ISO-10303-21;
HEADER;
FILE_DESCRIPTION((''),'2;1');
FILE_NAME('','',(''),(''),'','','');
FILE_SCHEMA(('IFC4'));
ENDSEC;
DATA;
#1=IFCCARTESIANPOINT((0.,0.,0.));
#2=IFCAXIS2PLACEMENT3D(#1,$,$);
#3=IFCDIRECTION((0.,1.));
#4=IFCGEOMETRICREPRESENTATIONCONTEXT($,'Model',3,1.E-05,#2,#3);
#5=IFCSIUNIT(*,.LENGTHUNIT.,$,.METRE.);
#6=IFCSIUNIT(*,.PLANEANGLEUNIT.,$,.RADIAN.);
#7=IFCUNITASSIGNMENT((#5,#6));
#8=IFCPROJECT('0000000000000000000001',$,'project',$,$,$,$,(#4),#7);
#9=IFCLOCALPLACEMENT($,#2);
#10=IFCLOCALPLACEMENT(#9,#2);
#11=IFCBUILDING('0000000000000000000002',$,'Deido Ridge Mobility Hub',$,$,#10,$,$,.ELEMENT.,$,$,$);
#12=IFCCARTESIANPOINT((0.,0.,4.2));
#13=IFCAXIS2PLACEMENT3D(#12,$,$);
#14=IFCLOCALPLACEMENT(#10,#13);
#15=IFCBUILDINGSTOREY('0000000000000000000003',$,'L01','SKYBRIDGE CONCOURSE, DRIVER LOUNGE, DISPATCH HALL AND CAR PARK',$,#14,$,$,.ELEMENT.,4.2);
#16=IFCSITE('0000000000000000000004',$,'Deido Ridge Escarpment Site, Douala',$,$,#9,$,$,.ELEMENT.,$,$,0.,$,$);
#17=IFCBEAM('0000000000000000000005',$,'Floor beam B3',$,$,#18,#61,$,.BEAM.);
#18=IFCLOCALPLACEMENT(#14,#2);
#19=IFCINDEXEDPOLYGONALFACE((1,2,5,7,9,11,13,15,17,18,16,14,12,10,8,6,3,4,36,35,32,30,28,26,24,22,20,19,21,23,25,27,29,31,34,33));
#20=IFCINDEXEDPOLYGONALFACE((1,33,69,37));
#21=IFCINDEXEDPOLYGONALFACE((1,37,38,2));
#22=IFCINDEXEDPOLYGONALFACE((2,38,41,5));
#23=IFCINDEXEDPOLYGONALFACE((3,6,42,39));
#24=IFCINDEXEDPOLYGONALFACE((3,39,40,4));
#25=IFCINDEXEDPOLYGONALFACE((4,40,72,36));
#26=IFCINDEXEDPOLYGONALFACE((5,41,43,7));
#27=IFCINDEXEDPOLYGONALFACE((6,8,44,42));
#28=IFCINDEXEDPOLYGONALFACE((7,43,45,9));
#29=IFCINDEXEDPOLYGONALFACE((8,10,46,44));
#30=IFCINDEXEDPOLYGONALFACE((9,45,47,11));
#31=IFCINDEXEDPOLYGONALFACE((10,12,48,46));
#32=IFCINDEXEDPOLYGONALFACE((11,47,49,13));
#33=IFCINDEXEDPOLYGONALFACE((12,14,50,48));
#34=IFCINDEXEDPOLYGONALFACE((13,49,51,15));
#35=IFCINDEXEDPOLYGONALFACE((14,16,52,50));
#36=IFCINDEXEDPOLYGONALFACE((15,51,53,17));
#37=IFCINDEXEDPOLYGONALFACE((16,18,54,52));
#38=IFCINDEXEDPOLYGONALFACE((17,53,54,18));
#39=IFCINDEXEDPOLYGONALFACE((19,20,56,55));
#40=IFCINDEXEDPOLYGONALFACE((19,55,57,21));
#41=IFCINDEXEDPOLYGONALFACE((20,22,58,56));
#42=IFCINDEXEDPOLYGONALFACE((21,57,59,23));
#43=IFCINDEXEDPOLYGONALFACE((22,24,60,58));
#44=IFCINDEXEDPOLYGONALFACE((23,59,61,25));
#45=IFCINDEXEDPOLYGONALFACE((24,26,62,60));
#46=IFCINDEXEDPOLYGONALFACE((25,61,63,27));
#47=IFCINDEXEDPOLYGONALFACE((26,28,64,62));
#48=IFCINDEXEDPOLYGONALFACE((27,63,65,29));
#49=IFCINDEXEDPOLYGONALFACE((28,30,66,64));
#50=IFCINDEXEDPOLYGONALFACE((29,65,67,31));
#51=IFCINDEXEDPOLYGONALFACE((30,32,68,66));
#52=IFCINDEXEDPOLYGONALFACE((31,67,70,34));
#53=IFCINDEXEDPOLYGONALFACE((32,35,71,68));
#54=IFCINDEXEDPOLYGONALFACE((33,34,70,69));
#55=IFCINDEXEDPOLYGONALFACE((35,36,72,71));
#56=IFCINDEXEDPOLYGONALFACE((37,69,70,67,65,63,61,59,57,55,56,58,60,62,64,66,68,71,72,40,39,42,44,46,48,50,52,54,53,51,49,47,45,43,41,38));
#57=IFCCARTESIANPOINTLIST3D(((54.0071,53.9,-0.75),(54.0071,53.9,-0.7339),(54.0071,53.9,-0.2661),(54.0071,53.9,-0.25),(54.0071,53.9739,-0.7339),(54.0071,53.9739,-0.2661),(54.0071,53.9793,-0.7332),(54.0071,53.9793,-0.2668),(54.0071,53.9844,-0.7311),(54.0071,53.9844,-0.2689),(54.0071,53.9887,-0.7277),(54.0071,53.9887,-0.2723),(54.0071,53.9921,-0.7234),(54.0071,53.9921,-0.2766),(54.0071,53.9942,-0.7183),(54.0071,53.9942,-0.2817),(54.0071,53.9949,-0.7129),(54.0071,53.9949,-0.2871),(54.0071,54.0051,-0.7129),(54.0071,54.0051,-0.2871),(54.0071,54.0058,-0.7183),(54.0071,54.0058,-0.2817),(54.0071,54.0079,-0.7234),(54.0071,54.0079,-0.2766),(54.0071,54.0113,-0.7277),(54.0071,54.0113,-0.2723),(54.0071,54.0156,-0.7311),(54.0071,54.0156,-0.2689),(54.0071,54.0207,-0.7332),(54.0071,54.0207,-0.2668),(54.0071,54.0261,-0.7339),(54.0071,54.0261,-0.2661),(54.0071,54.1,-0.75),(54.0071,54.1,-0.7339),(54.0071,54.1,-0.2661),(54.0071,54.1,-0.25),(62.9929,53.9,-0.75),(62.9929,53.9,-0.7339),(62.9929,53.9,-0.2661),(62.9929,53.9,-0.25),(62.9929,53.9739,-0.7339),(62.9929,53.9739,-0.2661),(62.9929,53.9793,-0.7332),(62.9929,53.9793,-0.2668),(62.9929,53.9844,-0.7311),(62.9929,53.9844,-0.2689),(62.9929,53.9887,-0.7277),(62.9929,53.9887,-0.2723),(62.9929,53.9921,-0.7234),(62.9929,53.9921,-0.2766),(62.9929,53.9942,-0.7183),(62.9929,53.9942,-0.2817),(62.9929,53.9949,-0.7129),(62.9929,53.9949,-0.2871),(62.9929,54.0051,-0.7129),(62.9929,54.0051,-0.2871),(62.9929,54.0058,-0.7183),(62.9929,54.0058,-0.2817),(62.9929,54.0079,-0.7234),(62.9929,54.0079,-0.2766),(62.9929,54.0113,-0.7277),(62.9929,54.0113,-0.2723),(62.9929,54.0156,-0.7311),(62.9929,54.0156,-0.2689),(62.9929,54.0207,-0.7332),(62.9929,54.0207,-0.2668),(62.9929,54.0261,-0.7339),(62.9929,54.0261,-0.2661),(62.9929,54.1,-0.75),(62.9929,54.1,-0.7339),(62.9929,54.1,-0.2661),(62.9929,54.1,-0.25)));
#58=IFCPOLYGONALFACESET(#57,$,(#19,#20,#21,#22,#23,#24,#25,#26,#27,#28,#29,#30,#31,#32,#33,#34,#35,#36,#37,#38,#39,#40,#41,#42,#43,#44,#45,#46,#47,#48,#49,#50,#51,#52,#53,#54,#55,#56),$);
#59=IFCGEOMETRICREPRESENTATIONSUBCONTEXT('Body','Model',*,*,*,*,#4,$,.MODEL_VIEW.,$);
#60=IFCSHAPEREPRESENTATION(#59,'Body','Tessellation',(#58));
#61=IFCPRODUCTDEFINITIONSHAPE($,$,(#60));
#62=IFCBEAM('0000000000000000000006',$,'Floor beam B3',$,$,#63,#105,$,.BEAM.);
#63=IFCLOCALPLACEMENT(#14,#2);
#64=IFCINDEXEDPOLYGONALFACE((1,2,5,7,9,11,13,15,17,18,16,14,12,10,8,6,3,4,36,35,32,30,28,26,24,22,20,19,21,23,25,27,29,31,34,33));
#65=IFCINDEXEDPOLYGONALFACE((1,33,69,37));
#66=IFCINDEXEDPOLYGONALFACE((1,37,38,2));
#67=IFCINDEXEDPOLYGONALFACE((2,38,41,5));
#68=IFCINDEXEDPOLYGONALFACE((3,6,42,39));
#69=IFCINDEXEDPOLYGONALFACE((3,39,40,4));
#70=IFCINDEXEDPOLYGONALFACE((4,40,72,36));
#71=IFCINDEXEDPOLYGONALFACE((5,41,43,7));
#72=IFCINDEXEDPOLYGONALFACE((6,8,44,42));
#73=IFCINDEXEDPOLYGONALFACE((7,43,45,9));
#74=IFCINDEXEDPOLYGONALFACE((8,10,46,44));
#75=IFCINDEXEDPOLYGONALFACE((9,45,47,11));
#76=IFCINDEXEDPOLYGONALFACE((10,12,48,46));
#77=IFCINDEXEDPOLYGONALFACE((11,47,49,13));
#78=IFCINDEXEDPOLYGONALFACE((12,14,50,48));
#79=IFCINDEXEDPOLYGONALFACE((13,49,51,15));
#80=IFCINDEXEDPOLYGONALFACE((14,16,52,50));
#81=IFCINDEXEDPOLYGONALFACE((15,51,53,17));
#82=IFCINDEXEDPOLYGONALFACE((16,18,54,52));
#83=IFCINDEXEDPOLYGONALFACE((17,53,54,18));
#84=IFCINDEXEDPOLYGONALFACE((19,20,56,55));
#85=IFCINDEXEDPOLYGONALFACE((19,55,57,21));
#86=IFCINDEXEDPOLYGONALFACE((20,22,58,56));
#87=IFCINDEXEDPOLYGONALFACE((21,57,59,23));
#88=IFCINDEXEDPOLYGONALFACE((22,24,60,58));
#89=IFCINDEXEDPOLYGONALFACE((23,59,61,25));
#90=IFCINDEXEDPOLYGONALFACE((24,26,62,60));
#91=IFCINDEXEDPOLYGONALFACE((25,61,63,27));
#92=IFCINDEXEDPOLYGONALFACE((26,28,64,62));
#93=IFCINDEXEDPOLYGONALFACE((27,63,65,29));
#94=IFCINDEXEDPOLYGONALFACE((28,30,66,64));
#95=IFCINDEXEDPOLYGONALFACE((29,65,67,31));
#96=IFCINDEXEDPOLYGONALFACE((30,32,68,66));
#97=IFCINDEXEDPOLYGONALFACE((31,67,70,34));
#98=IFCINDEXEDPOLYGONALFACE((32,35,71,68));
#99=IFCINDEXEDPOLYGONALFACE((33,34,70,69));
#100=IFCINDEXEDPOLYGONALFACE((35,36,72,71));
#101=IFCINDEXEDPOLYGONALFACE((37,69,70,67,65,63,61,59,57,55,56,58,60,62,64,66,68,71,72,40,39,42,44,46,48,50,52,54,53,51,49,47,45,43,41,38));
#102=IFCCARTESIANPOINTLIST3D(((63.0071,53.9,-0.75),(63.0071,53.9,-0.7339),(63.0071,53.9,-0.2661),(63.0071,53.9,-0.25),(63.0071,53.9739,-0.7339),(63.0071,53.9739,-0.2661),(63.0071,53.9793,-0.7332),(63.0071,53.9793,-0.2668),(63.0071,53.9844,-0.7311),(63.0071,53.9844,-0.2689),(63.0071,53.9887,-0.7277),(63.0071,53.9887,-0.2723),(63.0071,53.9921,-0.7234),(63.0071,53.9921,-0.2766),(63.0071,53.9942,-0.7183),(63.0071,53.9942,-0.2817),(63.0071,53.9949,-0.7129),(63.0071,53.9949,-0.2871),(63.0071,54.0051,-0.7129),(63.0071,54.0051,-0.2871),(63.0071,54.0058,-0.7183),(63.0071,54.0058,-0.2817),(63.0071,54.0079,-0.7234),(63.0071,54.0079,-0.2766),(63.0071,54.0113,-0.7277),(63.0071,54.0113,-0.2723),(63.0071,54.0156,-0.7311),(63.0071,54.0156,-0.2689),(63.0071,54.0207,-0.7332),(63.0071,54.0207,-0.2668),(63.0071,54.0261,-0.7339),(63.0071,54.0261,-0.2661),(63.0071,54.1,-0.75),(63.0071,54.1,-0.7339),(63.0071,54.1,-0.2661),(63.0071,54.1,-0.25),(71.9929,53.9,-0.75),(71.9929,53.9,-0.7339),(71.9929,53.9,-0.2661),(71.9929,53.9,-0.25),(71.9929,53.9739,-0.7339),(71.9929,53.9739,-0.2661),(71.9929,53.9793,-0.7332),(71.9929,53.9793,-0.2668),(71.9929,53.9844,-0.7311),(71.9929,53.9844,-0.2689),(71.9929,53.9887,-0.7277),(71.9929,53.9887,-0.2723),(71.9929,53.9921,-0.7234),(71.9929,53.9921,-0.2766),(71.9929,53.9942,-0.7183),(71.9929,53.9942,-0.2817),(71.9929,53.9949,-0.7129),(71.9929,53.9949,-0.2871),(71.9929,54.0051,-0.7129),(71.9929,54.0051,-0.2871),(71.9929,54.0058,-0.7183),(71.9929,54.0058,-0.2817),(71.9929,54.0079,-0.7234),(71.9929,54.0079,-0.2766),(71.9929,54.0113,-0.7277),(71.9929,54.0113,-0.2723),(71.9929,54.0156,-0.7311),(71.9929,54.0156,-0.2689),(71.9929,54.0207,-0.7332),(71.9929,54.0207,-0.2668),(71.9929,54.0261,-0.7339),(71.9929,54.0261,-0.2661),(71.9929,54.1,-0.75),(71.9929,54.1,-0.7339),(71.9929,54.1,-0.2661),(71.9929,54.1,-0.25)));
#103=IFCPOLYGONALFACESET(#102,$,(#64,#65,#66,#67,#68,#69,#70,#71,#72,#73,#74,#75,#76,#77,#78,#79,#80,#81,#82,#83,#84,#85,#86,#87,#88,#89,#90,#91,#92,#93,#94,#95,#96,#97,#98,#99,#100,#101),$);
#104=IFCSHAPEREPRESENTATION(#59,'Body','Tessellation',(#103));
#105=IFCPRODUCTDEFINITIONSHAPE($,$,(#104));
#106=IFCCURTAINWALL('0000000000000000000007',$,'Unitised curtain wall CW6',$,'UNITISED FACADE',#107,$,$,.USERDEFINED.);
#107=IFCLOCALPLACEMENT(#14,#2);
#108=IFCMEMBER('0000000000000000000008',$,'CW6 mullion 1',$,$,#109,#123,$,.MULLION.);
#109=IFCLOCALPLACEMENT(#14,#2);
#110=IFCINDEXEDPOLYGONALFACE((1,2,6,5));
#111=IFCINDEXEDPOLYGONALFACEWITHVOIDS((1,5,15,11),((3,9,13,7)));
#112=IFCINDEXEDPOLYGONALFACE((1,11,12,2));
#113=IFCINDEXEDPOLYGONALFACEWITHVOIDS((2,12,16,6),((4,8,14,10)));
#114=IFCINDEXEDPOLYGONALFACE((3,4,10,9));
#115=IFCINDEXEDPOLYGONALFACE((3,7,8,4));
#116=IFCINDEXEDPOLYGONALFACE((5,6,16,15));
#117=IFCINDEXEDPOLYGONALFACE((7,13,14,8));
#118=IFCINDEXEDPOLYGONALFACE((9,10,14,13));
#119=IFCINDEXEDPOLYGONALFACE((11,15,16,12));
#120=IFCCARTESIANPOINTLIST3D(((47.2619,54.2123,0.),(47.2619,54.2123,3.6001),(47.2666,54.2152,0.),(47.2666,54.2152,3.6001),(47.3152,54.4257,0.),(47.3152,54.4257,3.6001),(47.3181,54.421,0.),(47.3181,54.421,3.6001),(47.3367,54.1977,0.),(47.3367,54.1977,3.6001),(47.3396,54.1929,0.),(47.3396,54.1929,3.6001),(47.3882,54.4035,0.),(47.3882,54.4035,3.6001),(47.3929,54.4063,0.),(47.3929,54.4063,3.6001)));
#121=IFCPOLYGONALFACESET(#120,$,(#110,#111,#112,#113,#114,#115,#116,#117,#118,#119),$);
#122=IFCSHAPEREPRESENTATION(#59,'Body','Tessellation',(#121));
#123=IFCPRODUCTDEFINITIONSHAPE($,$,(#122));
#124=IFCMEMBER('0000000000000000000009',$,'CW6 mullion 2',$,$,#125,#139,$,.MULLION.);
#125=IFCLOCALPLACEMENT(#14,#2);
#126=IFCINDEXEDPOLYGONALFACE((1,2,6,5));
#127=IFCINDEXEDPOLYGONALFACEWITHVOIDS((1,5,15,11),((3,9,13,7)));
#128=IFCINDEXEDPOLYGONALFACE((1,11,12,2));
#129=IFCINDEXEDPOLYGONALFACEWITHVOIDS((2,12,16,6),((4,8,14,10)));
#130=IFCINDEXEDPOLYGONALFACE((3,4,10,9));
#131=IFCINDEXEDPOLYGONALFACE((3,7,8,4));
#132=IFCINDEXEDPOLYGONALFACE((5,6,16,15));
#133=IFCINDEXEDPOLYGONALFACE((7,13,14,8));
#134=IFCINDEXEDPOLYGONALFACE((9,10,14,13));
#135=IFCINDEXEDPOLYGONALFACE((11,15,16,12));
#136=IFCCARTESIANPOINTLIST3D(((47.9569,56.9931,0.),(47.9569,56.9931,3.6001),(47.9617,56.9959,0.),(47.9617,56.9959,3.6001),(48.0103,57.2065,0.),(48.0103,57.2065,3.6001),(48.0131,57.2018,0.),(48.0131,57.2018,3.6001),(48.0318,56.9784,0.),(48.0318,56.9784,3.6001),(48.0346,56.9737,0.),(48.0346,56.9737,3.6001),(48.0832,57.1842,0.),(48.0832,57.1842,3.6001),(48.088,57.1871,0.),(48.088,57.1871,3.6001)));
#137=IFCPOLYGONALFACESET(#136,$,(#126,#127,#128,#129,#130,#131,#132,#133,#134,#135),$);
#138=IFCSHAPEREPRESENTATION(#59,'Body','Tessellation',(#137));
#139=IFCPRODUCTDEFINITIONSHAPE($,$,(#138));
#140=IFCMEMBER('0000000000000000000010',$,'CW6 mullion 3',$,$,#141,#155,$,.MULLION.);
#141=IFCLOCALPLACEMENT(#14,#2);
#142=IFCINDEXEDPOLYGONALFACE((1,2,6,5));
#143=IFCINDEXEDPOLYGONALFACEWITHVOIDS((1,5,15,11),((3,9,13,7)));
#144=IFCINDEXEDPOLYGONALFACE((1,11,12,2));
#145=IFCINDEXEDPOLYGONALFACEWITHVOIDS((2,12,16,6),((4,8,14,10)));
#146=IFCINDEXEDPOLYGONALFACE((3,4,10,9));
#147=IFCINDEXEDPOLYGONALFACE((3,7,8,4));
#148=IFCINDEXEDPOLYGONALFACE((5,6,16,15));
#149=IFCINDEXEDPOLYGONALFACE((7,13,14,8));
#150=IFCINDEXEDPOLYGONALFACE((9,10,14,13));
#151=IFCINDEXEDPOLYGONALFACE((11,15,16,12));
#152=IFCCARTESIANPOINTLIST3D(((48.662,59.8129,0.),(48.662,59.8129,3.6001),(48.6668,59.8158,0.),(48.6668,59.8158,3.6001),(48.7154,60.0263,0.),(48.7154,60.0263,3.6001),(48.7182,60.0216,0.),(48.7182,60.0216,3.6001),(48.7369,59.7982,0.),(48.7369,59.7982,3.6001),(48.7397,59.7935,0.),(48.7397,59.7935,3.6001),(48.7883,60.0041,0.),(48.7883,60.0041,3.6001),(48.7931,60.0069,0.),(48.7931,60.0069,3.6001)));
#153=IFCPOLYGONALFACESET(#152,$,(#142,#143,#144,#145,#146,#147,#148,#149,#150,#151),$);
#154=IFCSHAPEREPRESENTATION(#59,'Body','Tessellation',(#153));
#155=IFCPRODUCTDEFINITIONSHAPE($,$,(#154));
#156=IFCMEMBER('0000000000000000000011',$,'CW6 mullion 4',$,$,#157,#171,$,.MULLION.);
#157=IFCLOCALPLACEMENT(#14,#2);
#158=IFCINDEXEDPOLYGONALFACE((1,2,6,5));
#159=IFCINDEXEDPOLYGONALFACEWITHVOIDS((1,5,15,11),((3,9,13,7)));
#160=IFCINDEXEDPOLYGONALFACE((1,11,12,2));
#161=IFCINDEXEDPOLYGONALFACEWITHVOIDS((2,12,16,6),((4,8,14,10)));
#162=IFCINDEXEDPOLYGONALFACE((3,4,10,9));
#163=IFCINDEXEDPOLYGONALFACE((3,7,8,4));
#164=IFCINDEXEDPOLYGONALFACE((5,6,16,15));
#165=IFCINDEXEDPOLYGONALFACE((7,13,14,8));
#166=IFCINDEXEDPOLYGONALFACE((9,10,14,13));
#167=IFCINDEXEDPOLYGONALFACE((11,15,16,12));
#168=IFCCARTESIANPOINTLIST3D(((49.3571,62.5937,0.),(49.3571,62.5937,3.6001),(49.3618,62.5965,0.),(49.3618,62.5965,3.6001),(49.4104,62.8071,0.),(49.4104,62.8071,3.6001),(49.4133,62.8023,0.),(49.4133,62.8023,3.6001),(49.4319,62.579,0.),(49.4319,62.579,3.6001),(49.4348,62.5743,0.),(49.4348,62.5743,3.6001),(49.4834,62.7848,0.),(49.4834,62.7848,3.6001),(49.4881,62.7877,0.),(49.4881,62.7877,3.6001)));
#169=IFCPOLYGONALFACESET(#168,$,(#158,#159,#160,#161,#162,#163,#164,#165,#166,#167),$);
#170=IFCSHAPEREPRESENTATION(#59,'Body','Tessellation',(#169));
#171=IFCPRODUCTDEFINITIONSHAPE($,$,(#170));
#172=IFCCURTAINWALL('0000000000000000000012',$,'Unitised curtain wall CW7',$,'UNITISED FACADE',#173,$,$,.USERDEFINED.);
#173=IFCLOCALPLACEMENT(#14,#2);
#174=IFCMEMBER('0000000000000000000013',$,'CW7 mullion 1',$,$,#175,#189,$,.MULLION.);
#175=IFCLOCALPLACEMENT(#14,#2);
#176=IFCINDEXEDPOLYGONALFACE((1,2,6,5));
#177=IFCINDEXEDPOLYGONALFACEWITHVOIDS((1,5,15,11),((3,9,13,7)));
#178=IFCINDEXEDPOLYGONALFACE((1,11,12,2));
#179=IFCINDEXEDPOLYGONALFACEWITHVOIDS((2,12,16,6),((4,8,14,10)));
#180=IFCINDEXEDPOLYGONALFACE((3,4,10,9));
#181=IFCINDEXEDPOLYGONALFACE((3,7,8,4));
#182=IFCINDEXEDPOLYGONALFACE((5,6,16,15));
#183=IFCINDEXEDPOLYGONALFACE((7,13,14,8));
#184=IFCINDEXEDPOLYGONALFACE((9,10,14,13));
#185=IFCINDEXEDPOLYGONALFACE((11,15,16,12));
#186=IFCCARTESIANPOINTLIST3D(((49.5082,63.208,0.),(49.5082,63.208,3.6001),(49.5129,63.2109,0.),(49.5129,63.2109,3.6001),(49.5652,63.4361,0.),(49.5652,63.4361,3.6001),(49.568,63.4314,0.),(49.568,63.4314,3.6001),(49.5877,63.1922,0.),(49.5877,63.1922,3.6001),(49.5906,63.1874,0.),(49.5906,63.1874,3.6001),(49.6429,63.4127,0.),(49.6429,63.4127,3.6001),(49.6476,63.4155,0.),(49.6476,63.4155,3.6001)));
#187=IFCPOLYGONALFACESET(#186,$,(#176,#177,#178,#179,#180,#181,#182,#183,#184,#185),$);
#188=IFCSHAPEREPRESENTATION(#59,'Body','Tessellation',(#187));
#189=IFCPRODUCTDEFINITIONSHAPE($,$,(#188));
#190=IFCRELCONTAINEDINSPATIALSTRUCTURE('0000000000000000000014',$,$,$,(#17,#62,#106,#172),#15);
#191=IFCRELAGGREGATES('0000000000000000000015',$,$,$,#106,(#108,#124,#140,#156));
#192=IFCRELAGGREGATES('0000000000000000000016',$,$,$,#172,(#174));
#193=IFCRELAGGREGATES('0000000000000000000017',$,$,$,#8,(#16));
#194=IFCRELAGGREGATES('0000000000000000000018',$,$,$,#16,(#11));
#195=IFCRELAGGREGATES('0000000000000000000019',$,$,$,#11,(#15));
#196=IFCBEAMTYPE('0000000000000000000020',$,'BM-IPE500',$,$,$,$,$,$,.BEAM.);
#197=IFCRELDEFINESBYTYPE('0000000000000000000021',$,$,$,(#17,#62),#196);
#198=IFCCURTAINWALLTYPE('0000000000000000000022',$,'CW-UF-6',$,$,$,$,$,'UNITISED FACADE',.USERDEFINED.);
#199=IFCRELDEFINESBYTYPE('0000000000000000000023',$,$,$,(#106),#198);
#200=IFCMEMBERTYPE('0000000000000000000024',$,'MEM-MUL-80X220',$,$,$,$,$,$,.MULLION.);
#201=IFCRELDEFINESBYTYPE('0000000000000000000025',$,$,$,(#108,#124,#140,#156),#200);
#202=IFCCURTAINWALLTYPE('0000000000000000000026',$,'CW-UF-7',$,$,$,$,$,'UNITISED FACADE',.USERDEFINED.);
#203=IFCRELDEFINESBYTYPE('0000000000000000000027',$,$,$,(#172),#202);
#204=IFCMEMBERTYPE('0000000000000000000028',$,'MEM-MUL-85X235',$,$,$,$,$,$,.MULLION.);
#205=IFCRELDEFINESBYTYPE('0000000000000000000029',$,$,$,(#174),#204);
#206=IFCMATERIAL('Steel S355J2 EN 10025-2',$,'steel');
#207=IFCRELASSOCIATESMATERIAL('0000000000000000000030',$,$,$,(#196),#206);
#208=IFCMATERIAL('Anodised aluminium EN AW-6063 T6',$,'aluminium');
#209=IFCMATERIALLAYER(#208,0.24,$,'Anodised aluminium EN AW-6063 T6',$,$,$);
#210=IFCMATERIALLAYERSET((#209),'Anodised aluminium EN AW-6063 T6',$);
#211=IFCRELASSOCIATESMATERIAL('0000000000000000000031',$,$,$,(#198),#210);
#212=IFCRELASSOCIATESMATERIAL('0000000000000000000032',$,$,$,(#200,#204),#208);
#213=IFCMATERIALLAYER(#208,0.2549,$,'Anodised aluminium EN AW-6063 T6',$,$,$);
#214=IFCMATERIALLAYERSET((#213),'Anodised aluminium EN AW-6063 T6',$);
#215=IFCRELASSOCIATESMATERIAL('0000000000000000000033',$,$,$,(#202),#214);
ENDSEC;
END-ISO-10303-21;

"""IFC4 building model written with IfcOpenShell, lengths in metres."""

from ifc_helpers import new_model, si_unit, direction, frame, origin, origin_2d, place, context, subcontext, project, spatial, hollow_rectangle, i_section, extrude, material, layer, layer_set, material_profile, profile_set, type_object, element, aggregate, save


model = new_model("IFC4")

# Units and contexts
model_context = context("Model", 3, precision=1e-05, world=origin(), true_north=direction((0.0, 1.0)))
body_context = subcontext(model_context, "Body", "Model", "MODEL_VIEW")
ifc_project = project(units=[si_unit("LENGTHUNIT", "METRE"), si_unit("PLANEANGLEUNIT", "RADIAN")], contexts=[model_context])

# Site, building, storey
site_placement = place(None, origin())
site = spatial("IfcSite", under=ifc_project, at=site_placement, Name="Deido Ridge Escarpment Site, Douala", CompositionType="ELEMENT", RefElevation=0.0)
building_placement = place(site_placement, origin())
building = spatial("IfcBuilding", under=site, at=building_placement, Name="Deido Ridge Mobility Hub", CompositionType="ELEMENT")
storey_placement = place(building_placement, frame((0.0, 0.0, 4.2)))
storey = spatial("IfcBuildingStorey", under=building, at=storey_placement, Name="L01", Description="SKYBRIDGE CONCOURSE, DRIVER LOUNGE, DISPATCH HALL AND CAR PARK", CompositionType="ELEMENT", Elevation=4.2)

# Shared definitions
ifc_material_1 = material(Name="Steel S355J2 EN 10025-2", Category="steel")

# Beams
ifc_material_profile_1 = material_profile(ifc_material_1, i_section(OverallWidth=0.2, OverallDepth=0.5, WebThickness=0.0103, FlangeThickness=0.0161, FilletRadius=0.021, at=origin_2d()), Name="IPE 500")
ifc_profile_set_1 = profile_set([ifc_material_profile_1], Name="Steel S355J2 EN 10025-2")
beam_type_1 = type_object("IfcBeamType", Name="BM-IPE500", PredefinedType="BEAM", material=ifc_profile_set_1)
for number, where, z_axis, x_axis, name in (
    (1, (54.0071, 54.0, -0.5), (1.0, 0.0, 0.0), (0.0, 1.0, 0.0), "Floor beam B3"),
    (2, (63.0071, 54.0, -0.5), (1.0, 0.0, 0.0), (0.0, 1.0, 0.0), "Floor beam B3"),
):
    element("IfcBeam", number, at=place(storey_placement, frame(where, z_axis=z_axis, x_axis=x_axis)), inside=storey, type_object=beam_type_1, Name=name, PredefinedType="BEAM", context=body_context, shape_type="SweptSolid", body=[
        extrude(i_section(OverallWidth=0.2, OverallDepth=0.5, WebThickness=0.0103, FlangeThickness=0.0161, FilletRadius=0.021, at=origin_2d()), origin(), (0.0, 0.0, 1.0), 8.9858),
    ])

# Curtain wall, members
ifc_material_2 = material(Name="Anodised aluminium EN AW-6063 T6", Category="aluminium")
ifc_layer_1 = layer(ifc_material_2, 0.24, Name="Anodised aluminium EN AW-6063 T6")
ifc_layer_set_1 = layer_set([ifc_layer_1], Name="Anodised aluminium EN AW-6063 T6")
curtain_wall_type_1 = type_object("IfcCurtainWallType", Name="CW-UF-6", ElementType="UNITISED FACADE", PredefinedType="USERDEFINED", material=ifc_layer_set_1)
curtain_wall_1_placement = place(storey_placement, origin())
curtain_wall_1 = element("IfcCurtainWall", 3, at=curtain_wall_1_placement, inside=storey, type_object=curtain_wall_type_1, Name="Unitised curtain wall CW6", ObjectType="UNITISED FACADE", PredefinedType="USERDEFINED")
ifc_material_profile_2 = material_profile(ifc_material_2, hollow_rectangle(XDim=0.0801, YDim=0.22, WallThickness=0.0039, at=origin_2d()), Name="RHS 80x220x4")
ifc_profile_set_2 = profile_set([ifc_material_profile_2], Name="Anodised aluminium EN AW-6063 T6")
member_type_1 = type_object("IfcMemberType", Name="MEM-MUL-80X220", PredefinedType="MULLION", material=ifc_profile_set_2)
member_1_placement = place(storey_placement, frame((47.3274, 54.3093, 0.0), z_axis=(0.0, 0.0, 1.0), x_axis=(-0.97014, 0.242546, 0.0)))
member_1 = element("IfcMember", 4, at=member_1_placement, type_object=member_type_1, Name="CW6 mullion 1", PredefinedType="MULLION", context=body_context, shape_type="SweptSolid", body=[
    extrude(hollow_rectangle(XDim=0.0801, YDim=0.22, WallThickness=0.0039, at=origin_2d()), origin(), (0.0, 0.0, 1.0), 3.6001),
])
member_2_placement = place(storey_placement, frame((48.0225, 57.0901, 0.0), z_axis=(0.0, 0.0, 1.0), x_axis=(-0.97014, 0.242546, 0.0)))
member_2 = element("IfcMember", 5, at=member_2_placement, type_object=member_type_1, Name="CW6 mullion 2", PredefinedType="MULLION", context=body_context, shape_type="SweptSolid", body=[
    extrude(hollow_rectangle(XDim=0.0801, YDim=0.22, WallThickness=0.0039, at=origin_2d()), origin(), (0.0, 0.0, 1.0), 3.6001),
])
member_3_placement = place(storey_placement, frame((48.7275, 59.9099, 0.0), z_axis=(0.0, 0.0, 1.0), x_axis=(-0.97014, 0.242546, 0.0)))
member_3 = element("IfcMember", 6, at=member_3_placement, type_object=member_type_1, Name="CW6 mullion 3", PredefinedType="MULLION", context=body_context, shape_type="SweptSolid", body=[
    extrude(hollow_rectangle(XDim=0.0801, YDim=0.22, WallThickness=0.0039, at=origin_2d()), origin(), (0.0, 0.0, 1.0), 3.6001),
])
member_4_placement = place(storey_placement, frame((49.4226, 62.6907, 0.0), z_axis=(0.0, 0.0, 1.0), x_axis=(-0.97014, 0.242546, 0.0)))
member_4 = element("IfcMember", 7, at=member_4_placement, type_object=member_type_1, Name="CW6 mullion 4", PredefinedType="MULLION", context=body_context, shape_type="SweptSolid", body=[
    extrude(hollow_rectangle(XDim=0.0801, YDim=0.22, WallThickness=0.0039, at=origin_2d()), origin(), (0.0, 0.0, 1.0), 3.6001),
])

# Curtain wall, member
ifc_layer_2 = layer(ifc_material_2, 0.2549, Name="Anodised aluminium EN AW-6063 T6")
ifc_layer_set_2 = layer_set([ifc_layer_2], Name="Anodised aluminium EN AW-6063 T6")
curtain_wall_type_2 = type_object("IfcCurtainWallType", Name="CW-UF-7", ElementType="UNITISED FACADE", PredefinedType="USERDEFINED", material=ifc_layer_set_2)
curtain_wall_2_placement = place(storey_placement, origin())
curtain_wall_2 = element("IfcCurtainWall", 8, at=curtain_wall_2_placement, inside=storey, type_object=curtain_wall_type_2, Name="Unitised curtain wall CW7", ObjectType="UNITISED FACADE", PredefinedType="USERDEFINED")
ifc_material_profile_3 = material_profile(ifc_material_2, hollow_rectangle(XDim=0.085, YDim=0.2351, WallThickness=0.0039, at=origin_2d()), Name="RHS 85x235x4")
ifc_profile_set_3 = profile_set([ifc_material_profile_3], Name="Anodised aluminium EN AW-6063 T6")
member_type_2 = type_object("IfcMemberType", Name="MEM-MUL-85X235", PredefinedType="MULLION", material=ifc_profile_set_3)
member_5_placement = place(storey_placement, frame((49.5779, 63.3118, 0.0), z_axis=(0.0, 0.0, 1.0), x_axis=(-0.97014, 0.242546, 0.0)))
member_5 = element("IfcMember", 9, at=member_5_placement, type_object=member_type_2, Name="CW7 mullion 1", PredefinedType="MULLION", context=body_context, shape_type="SweptSolid", body=[
    extrude(hollow_rectangle(XDim=0.085, YDim=0.2351, WallThickness=0.0039, at=origin_2d()), origin(), (0.0, 0.0, 1.0), 3.6001),
])

aggregate(curtain_wall_1, [member_1, member_2, member_3, member_4])
aggregate(curtain_wall_2, [member_5])

save(model, "model.ifc")
